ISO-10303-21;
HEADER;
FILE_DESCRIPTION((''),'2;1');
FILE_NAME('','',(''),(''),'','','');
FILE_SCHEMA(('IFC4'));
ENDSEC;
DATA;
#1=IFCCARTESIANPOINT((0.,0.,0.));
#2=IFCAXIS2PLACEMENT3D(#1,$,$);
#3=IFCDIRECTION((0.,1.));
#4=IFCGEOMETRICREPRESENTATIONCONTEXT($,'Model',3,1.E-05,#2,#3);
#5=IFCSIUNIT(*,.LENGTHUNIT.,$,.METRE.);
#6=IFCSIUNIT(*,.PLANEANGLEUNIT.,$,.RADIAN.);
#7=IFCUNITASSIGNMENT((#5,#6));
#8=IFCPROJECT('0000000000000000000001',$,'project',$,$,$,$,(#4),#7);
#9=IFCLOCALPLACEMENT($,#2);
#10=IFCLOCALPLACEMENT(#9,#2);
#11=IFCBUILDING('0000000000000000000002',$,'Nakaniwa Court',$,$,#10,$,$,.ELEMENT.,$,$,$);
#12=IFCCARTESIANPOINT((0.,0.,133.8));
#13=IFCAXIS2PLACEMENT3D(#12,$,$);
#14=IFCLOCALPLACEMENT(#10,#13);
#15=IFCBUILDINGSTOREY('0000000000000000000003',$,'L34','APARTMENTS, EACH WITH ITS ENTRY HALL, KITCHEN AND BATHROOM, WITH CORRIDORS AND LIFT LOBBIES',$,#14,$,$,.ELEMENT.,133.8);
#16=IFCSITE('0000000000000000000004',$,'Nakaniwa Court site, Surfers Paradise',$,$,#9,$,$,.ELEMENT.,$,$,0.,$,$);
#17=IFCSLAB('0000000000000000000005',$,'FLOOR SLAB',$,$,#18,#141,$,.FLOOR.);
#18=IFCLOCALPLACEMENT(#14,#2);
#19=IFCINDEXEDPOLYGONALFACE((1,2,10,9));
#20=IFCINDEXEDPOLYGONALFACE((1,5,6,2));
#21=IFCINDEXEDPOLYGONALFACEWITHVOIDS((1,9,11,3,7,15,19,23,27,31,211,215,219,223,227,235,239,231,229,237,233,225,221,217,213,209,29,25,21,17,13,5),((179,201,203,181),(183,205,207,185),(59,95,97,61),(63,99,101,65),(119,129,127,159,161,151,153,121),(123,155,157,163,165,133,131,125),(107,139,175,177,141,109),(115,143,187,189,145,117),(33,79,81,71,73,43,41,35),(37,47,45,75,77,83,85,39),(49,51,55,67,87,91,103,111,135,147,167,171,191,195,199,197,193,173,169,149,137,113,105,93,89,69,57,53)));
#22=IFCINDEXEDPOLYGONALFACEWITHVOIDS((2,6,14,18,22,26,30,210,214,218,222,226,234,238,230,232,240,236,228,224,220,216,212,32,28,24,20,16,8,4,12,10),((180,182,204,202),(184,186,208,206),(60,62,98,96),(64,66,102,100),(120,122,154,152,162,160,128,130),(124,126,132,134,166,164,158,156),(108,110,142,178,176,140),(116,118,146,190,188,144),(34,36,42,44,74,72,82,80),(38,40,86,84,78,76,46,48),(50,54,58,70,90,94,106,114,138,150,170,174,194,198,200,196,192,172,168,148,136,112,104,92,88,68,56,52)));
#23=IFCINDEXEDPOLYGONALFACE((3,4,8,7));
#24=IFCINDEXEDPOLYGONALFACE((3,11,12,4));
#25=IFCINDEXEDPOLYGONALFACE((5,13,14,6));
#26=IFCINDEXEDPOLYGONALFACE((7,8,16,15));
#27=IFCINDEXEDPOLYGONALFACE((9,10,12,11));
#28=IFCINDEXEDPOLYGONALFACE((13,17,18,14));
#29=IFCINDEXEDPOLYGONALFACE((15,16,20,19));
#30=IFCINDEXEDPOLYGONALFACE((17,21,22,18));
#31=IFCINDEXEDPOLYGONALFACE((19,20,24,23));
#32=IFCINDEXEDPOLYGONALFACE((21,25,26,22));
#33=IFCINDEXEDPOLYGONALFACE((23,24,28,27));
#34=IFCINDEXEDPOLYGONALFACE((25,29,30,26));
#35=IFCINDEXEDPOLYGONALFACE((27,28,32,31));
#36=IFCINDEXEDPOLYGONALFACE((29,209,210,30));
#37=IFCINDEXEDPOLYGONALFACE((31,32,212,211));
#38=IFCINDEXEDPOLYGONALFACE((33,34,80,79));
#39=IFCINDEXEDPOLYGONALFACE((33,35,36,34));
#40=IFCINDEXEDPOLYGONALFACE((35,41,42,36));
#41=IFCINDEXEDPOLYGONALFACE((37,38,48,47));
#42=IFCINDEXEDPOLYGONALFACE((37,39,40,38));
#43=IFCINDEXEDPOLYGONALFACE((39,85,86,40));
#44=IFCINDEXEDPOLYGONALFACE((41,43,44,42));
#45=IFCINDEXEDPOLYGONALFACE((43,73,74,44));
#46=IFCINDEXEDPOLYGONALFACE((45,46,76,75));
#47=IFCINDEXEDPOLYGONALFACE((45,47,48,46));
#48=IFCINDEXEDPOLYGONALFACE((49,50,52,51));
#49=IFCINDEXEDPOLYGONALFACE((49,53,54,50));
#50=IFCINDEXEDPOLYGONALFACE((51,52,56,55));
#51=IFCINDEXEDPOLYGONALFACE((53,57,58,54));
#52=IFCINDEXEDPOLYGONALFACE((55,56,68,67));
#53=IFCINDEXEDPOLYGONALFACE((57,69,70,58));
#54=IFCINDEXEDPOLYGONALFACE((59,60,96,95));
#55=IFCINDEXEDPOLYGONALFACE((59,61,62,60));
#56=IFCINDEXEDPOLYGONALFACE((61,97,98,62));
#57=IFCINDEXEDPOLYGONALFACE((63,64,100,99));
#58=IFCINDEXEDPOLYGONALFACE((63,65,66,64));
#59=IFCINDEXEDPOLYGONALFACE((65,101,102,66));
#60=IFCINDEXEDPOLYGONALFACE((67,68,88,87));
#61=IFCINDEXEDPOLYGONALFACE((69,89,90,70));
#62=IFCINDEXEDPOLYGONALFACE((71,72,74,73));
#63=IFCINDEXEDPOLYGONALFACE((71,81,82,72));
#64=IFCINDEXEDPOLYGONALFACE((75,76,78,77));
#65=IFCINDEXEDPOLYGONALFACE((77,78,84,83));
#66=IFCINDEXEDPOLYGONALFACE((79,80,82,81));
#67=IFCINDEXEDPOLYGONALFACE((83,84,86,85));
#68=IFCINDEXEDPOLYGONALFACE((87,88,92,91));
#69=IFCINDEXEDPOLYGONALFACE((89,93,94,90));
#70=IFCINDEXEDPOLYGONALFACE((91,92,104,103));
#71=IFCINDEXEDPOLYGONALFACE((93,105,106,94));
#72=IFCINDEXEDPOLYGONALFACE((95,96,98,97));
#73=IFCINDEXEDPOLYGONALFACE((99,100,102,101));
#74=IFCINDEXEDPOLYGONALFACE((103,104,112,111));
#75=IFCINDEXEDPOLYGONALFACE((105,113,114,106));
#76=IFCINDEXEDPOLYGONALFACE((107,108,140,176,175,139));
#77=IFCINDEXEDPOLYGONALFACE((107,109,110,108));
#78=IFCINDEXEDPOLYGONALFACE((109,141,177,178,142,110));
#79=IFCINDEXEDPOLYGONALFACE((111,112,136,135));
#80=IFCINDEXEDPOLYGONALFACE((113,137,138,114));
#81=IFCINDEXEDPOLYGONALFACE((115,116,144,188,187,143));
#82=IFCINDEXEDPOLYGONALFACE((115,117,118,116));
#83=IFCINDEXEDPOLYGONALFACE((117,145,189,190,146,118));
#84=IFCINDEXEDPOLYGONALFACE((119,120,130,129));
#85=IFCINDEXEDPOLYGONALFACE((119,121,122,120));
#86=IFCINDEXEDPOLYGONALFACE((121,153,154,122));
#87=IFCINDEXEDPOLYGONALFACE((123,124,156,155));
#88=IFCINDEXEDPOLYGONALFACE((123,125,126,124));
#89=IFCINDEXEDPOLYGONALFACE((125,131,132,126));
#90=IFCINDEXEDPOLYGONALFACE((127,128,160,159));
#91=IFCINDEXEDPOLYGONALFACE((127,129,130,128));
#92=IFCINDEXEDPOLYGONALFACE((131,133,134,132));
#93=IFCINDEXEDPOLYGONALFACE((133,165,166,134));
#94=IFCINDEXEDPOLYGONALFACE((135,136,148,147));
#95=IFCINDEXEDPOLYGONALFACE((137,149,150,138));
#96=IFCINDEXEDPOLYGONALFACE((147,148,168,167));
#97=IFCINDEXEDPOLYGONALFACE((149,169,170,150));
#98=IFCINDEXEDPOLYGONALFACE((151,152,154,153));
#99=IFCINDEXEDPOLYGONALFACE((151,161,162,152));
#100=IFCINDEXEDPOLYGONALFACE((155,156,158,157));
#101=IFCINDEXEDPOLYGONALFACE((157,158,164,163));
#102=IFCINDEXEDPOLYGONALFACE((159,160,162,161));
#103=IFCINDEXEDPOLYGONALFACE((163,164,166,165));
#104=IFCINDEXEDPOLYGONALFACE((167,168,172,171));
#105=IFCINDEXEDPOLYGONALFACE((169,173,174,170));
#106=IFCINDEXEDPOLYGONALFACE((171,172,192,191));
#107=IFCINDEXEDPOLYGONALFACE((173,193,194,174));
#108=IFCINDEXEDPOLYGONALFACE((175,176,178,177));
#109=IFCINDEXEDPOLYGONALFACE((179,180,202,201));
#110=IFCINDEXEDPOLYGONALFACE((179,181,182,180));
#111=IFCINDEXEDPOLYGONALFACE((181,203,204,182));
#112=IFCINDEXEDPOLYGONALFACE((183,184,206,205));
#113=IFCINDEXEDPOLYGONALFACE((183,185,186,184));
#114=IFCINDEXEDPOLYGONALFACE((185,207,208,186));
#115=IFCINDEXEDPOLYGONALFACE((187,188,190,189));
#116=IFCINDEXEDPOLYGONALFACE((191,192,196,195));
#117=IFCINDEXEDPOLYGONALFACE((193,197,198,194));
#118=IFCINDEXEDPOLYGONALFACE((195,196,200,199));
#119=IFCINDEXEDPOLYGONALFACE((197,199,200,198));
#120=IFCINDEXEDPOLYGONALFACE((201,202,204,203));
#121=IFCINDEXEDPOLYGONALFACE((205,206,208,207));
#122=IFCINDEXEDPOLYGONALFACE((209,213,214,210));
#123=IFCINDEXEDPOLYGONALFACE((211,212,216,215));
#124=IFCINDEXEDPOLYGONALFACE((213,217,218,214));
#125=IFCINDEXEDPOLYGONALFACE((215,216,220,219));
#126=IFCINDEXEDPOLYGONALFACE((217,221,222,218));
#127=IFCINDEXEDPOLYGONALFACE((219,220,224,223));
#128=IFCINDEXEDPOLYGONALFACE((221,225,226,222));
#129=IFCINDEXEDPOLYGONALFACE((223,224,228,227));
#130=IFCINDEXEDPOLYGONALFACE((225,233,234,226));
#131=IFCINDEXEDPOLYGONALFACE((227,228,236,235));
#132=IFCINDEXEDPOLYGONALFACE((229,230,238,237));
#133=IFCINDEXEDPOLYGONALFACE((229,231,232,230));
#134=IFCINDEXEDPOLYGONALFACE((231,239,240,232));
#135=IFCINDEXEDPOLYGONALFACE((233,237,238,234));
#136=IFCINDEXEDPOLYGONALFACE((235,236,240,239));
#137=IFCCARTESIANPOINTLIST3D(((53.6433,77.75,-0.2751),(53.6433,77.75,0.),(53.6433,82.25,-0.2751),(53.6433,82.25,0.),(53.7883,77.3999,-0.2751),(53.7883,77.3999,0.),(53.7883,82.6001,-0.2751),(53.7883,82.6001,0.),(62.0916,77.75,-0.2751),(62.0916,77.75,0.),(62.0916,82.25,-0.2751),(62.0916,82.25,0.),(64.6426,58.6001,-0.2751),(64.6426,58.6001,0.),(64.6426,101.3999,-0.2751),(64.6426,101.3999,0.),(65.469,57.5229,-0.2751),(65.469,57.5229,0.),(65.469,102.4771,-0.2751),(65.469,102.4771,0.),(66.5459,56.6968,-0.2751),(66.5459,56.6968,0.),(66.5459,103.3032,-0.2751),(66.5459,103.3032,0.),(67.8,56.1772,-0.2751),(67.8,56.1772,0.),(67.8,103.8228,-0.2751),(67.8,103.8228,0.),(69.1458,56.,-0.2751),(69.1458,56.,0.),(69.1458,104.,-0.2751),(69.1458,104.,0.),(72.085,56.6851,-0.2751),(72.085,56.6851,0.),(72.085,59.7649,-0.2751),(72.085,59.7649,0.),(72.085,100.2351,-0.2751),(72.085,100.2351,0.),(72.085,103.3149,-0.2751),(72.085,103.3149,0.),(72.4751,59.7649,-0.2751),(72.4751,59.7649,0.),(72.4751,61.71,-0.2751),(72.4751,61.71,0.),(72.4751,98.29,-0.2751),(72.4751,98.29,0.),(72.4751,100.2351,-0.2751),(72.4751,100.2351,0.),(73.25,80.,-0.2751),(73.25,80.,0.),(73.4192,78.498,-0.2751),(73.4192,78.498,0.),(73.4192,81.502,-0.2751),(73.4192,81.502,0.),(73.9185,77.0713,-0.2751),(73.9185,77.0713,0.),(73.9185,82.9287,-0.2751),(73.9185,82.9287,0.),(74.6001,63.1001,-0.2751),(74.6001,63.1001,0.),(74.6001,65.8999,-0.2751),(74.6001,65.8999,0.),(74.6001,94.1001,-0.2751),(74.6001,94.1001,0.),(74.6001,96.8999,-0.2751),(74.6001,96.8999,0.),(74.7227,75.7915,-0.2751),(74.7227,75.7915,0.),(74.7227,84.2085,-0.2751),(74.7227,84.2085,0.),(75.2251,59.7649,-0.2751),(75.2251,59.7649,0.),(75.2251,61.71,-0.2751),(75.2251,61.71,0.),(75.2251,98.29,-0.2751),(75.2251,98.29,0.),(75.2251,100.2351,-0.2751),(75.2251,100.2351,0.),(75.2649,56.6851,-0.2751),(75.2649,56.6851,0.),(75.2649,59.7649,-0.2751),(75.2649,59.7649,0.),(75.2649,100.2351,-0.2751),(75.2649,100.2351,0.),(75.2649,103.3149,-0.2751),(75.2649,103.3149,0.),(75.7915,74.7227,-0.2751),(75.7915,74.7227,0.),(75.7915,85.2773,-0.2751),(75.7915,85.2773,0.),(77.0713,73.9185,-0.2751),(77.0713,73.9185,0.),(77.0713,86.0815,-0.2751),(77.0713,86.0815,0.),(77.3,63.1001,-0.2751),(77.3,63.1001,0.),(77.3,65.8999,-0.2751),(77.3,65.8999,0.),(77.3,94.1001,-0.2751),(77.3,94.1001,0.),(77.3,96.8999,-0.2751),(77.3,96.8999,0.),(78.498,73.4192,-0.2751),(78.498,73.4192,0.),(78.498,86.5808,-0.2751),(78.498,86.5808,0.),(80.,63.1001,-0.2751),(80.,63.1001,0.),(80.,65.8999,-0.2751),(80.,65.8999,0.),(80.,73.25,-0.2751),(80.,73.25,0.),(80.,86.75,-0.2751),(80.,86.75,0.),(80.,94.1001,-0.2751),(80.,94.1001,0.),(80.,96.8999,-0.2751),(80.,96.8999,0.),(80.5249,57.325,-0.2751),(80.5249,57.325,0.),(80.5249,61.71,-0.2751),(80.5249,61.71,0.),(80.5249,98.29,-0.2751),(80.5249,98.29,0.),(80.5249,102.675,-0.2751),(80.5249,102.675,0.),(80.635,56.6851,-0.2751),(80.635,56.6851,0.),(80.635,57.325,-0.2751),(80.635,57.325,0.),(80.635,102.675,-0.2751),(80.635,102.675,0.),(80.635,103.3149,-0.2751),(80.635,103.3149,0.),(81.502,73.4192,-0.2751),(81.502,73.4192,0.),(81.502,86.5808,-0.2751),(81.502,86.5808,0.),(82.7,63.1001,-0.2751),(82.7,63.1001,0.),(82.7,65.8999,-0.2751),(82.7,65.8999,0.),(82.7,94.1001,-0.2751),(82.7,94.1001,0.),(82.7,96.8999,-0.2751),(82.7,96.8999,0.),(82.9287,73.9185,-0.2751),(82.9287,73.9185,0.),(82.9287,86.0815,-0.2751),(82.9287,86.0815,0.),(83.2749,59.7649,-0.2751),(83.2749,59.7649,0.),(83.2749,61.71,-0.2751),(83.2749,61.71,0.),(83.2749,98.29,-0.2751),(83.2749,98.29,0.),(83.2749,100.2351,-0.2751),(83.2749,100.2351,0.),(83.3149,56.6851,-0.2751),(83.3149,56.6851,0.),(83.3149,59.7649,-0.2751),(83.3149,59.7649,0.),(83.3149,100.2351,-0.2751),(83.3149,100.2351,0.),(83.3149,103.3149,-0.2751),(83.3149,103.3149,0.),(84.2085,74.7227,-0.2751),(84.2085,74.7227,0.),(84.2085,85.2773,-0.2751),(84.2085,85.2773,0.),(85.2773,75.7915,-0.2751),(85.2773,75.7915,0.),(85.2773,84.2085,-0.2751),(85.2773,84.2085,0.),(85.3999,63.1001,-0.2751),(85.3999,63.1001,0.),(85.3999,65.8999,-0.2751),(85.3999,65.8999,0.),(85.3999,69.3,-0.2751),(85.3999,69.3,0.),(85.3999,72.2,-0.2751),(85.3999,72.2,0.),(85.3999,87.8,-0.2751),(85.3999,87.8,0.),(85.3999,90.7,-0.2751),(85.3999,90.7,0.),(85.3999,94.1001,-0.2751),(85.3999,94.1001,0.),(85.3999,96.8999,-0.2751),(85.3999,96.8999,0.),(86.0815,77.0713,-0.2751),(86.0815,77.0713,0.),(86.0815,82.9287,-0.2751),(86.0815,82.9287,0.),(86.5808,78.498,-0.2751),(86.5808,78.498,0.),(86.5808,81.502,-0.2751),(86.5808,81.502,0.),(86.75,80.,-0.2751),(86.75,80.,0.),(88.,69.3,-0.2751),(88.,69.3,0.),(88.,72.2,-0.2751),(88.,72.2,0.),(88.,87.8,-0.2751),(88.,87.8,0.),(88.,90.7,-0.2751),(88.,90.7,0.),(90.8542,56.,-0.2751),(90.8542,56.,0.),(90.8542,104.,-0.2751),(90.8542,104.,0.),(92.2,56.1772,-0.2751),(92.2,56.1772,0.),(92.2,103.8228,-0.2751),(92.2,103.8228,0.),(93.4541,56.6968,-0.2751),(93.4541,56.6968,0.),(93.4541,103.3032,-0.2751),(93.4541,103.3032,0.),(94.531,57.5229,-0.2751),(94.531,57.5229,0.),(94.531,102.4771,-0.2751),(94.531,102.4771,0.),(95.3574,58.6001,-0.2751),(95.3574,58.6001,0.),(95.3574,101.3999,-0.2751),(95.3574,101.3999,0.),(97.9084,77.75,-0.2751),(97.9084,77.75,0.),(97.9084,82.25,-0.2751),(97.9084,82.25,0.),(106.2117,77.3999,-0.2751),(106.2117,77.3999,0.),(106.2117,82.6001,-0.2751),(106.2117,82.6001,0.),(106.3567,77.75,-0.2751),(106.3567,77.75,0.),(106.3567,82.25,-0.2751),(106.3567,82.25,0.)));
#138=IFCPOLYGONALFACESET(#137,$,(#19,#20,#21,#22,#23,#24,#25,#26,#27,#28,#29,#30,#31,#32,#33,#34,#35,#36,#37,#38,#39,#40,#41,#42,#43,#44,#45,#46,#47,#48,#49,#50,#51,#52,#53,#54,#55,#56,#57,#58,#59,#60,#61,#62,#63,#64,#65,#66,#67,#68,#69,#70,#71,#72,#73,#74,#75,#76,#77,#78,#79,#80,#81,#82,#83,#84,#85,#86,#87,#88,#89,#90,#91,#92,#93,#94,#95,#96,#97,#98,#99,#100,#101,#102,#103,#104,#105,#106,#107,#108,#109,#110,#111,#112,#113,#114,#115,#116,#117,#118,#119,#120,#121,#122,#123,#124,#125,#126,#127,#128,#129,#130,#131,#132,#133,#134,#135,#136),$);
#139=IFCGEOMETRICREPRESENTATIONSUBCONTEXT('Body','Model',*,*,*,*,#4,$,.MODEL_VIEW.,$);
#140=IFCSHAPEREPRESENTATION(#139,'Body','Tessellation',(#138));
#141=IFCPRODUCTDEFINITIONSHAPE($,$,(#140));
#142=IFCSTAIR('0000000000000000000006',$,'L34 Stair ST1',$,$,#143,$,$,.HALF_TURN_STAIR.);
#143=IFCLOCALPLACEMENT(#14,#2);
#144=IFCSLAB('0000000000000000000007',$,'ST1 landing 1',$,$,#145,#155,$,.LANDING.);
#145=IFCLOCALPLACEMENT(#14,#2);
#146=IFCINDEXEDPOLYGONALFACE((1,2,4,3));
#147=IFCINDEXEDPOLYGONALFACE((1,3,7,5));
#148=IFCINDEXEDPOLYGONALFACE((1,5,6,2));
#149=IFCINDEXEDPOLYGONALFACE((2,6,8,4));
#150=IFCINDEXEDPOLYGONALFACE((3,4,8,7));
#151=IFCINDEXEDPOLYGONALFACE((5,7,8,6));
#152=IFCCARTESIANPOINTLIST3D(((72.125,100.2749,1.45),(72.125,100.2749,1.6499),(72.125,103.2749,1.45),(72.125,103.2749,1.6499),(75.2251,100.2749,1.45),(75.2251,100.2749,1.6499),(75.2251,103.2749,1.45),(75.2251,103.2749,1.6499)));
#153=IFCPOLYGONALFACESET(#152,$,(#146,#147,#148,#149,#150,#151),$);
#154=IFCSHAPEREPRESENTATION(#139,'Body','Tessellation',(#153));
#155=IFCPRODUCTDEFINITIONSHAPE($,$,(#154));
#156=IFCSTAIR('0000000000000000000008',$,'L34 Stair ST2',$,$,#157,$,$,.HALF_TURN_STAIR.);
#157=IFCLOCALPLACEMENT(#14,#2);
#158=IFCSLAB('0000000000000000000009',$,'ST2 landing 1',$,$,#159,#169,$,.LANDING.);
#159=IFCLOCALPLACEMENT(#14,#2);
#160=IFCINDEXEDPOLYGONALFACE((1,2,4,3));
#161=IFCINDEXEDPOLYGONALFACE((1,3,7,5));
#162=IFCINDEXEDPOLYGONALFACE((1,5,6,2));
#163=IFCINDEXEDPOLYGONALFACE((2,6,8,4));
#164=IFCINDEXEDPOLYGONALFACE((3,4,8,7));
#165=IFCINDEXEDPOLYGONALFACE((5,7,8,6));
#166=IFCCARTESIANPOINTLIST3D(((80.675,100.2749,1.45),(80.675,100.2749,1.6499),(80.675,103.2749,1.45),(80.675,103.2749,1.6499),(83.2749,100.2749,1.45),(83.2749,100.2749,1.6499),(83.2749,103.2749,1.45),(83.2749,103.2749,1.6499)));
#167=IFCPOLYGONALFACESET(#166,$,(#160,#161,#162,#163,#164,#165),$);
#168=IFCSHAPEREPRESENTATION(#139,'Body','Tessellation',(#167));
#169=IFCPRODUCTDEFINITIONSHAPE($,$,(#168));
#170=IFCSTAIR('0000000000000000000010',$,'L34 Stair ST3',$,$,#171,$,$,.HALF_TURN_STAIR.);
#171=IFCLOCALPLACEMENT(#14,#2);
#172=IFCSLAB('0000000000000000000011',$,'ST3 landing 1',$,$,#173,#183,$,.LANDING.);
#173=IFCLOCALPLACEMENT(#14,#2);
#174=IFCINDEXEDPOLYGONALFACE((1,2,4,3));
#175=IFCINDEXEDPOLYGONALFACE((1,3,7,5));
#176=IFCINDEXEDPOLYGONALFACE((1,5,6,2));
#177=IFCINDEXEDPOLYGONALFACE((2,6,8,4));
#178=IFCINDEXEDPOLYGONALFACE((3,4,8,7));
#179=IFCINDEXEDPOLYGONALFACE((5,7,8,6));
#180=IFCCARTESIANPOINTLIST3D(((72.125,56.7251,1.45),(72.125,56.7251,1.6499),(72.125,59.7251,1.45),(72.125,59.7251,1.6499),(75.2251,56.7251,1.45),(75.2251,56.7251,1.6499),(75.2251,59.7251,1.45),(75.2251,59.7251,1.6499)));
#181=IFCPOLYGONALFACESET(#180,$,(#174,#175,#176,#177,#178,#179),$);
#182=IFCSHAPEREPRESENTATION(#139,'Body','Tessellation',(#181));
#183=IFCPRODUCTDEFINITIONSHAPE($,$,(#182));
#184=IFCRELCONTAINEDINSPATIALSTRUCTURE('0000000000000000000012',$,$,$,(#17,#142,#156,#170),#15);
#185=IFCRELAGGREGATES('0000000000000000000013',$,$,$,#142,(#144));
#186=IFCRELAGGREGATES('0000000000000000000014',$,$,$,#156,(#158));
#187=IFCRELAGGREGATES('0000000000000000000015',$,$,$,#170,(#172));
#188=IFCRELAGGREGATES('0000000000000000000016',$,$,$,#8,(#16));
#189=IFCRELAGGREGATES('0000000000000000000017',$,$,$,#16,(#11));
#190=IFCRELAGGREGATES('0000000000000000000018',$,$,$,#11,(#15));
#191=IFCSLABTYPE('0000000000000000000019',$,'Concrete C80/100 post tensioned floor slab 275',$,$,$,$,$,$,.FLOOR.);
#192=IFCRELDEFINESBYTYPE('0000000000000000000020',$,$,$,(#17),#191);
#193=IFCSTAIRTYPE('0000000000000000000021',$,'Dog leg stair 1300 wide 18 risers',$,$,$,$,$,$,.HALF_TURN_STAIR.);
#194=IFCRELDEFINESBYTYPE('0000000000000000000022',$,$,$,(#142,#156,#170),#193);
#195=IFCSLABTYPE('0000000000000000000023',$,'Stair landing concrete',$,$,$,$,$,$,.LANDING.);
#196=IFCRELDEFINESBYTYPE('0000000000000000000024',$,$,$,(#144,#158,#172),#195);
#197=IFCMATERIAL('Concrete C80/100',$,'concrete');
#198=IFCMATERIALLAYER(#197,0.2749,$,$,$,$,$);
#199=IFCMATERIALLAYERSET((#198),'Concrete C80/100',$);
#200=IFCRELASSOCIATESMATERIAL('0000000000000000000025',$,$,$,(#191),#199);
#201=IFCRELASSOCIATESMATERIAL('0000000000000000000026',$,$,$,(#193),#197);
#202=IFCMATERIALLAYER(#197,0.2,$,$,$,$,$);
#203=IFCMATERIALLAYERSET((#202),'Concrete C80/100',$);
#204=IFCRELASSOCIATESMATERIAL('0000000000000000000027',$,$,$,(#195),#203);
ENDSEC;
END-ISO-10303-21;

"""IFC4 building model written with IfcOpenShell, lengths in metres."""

from ifc_helpers import new_model, si_unit, direction, frame, origin, place, context, subcontext, project, spatial, polyline, outline, extrude, material, layer, layer_set, type_object, element, aggregate, save


model = new_model("IFC4")

# Units and contexts
model_context = context("Model", 3, precision=1e-05, world=origin(), true_north=direction((0.0, 1.0)))
body_context = subcontext(model_context, "Body", "Model", "MODEL_VIEW")
ifc_project = project(units=[si_unit("LENGTHUNIT", "METRE"), si_unit("PLANEANGLEUNIT", "RADIAN")], contexts=[model_context])

# Site, building, storey
site_placement = place(None, origin())
site = spatial("IfcSite", under=ifc_project, at=site_placement, Name="Nakaniwa Court site, Surfers Paradise", CompositionType="ELEMENT", RefElevation=0.0)
building_placement = place(site_placement, origin())
building = spatial("IfcBuilding", under=site, at=building_placement, Name="Nakaniwa Court", CompositionType="ELEMENT")
storey_placement = place(building_placement, frame((0.0, 0.0, 133.8)))
storey = spatial("IfcBuildingStorey", under=building, at=storey_placement, Name="L34", Description="APARTMENTS, EACH WITH ITS ENTRY HALL, KITCHEN AND BATHROOM, WITH CORRIDORS AND LIFT LOBBIES", CompositionType="ELEMENT", Elevation=133.8)

# Shared definitions
ifc_material_1 = material(Name="Concrete C80/100", Category="concrete")

# Slab
ifc_layer_1 = layer(ifc_material_1, 0.2749)
ifc_layer_set_1 = layer_set([ifc_layer_1], Name="Concrete C80/100")
slab_type_1 = type_object("IfcSlabType", Name="Concrete C80/100 post tensioned floor slab 275", PredefinedType="FLOOR", material=ifc_layer_set_1)
slab_1_placement = place(storey_placement, frame((0.0, 0.0, -0.2751)))
element("IfcSlab", 1, at=slab_1_placement, inside=storey, type_object=slab_type_1, Name="FLOOR SLAB", PredefinedType="FLOOR", context=body_context, shape_type="SweptSolid", body=[
    extrude(outline(polyline([(97.9084, 82.25), (106.3567, 82.25), (106.2117, 82.6001), (95.3574, 101.3999), (94.531, 102.4771), (93.4541, 103.3032), (92.2, 103.8228), (90.8542, 104.0), (69.1458, 104.0), (67.8, 103.8228), (66.5459, 103.3032), (65.469, 102.4771), (64.6426, 101.3999), (53.7883, 82.6001), (53.6433, 82.25), (62.0916, 82.25), (62.0916, 77.75), (53.6433, 77.75), (53.7883, 77.3999), (64.6426, 58.6001), (65.469, 57.5229), (66.5459, 56.6968), (67.8, 56.1772), (69.1458, 56.0), (90.8542, 56.0), (92.2, 56.1772), (93.4541, 56.6968), (94.531, 57.5229), (95.3574, 58.6001), (106.2117, 77.3999), (106.3567, 77.75), (97.9084, 77.75), (97.9084, 82.25)]), holes=[polyline([(81.502, 86.5808), (80.0, 86.75), (78.498, 86.5808), (77.0713, 86.0815), (75.7915, 85.2773), (74.7227, 84.2085), (73.9185, 82.9287), (73.4192, 81.502), (73.25, 80.0), (73.4192, 78.498), (73.9185, 77.0713), (74.7227, 75.7915), (75.7915, 74.7227), (77.0713, 73.9185), (78.498, 73.4192), (80.0, 73.25), (81.502, 73.4192), (82.9287, 73.9185), (84.2085, 74.7227), (85.2773, 75.7915), (86.0815, 77.0713), (86.5808, 78.498), (86.75, 80.0), (86.5808, 81.502), (86.0815, 82.9287), (85.2773, 84.2085), (84.2085, 85.2773), (82.9287, 86.0815), (81.502, 86.5808)]), polyline([(72.4751, 61.71), (72.4751, 59.7649), (72.085, 59.7649), (72.085, 56.6851), (75.2649, 56.6851), (75.2649, 59.7649), (75.2251, 59.7649), (75.2251, 61.71), (72.4751, 61.71)]), polyline([(77.3, 65.8999), (74.6001, 65.8999), (74.6001, 63.1001), (77.3, 63.1001), (77.3, 65.8999)]), polyline([(80.0, 65.8999), (80.0, 63.1001), (82.7, 63.1001), (85.3999, 63.1001), (85.3999, 65.8999), (82.7, 65.8999), (80.0, 65.8999)]), polyline([(77.3, 96.8999), (74.6001, 96.8999), (74.6001, 94.1001), (77.3, 94.1001), (77.3, 96.8999)]), polyline([(80.0, 96.8999), (80.0, 94.1001), (82.7, 94.1001), (85.3999, 94.1001), (85.3999, 96.8999), (82.7, 96.8999), (80.0, 96.8999)]), polyline([(75.2649, 100.2351), (75.2649, 103.3149), (72.085, 103.3149), (72.085, 100.2351), (72.4751, 100.2351), (72.4751, 98.29), (75.2251, 98.29), (75.2251, 100.2351), (75.2649, 100.2351)]), polyline([(83.2749, 61.71), (80.5249, 61.71), (80.5249, 57.325), (80.635, 57.325), (80.635, 56.6851), (83.3149, 56.6851), (83.3149, 59.7649), (83.2749, 59.7649), (83.2749, 61.71)]), polyline([(88.0, 72.2), (85.3999, 72.2), (85.3999, 69.3), (88.0, 69.3), (88.0, 72.2)]), polyline([(88.0, 90.7), (85.3999, 90.7), (85.3999, 87.8), (88.0, 87.8), (88.0, 90.7)]), polyline([(83.3149, 100.2351), (83.3149, 103.3149), (80.635, 103.3149), (80.635, 102.675), (80.5249, 102.675), (80.5249, 98.29), (83.2749, 98.29), (83.2749, 100.2351), (83.3149, 100.2351)])]), origin(), (0.0, 0.0, 1.0), 0.2751),
])

# Stairs, slabs
stair_type = type_object("IfcStairType", Name="Dog leg stair 1300 wide 18 risers", PredefinedType="HALF_TURN_STAIR", material=ifc_material_1)
stair_1_placement = place(storey_placement, origin())
stair_1 = element("IfcStair", 2, at=stair_1_placement, inside=storey, type_object=stair_type, Name="L34 Stair ST1", PredefinedType="HALF_TURN_STAIR")
ifc_layer_2 = layer(ifc_material_1, 0.2)
ifc_layer_set_2 = layer_set([ifc_layer_2], Name="Concrete C80/100")
slab_type_2 = type_object("IfcSlabType", Name="Stair landing concrete", PredefinedType="LANDING", material=ifc_layer_set_2)
slab_2_placement = place(storey_placement, frame((0.0, 0.0, 1.45)))
slab_2 = element("IfcSlab", 3, at=slab_2_placement, type_object=slab_type_2, Name="ST1 landing 1", PredefinedType="LANDING", context=body_context, shape_type="SweptSolid", body=[
    extrude(outline(polyline([(75.2251, 100.2749), (75.2251, 103.2749), (72.125, 103.2749), (72.125, 100.2749), (75.2251, 100.2749)])), origin(), (0.0, 0.0, 1.0), 0.2),
])
aggregate(stair_1, [slab_2])
stair_2_placement = place(storey_placement, origin())
stair_2 = element("IfcStair", 4, at=stair_2_placement, inside=storey, type_object=stair_type, Name="L34 Stair ST2", PredefinedType="HALF_TURN_STAIR")
slab_3_placement = place(storey_placement, frame((0.0, 0.0, 1.45)))
slab_3 = element("IfcSlab", 5, at=slab_3_placement, type_object=slab_type_2, Name="ST2 landing 1", PredefinedType="LANDING", context=body_context, shape_type="SweptSolid", body=[
    extrude(outline(polyline([(83.2749, 100.2749), (83.2749, 103.2749), (80.675, 103.2749), (80.675, 100.2749), (83.2749, 100.2749)])), origin(), (0.0, 0.0, 1.0), 0.2),
])
aggregate(stair_2, [slab_3])
stair_3_placement = place(storey_placement, origin())
stair_3 = element("IfcStair", 6, at=stair_3_placement, inside=storey, type_object=stair_type, Name="L34 Stair ST3", PredefinedType="HALF_TURN_STAIR")
slab_4_placement = place(storey_placement, frame((0.0, 0.0, 1.45)))
slab_4 = element("IfcSlab", 7, at=slab_4_placement, type_object=slab_type_2, Name="ST3 landing 1", PredefinedType="LANDING", context=body_context, shape_type="SweptSolid", body=[
    extrude(outline(polyline([(75.2251, 56.7251), (75.2251, 59.7251), (72.125, 59.7251), (72.125, 56.7251), (75.2251, 56.7251)])), origin(), (0.0, 0.0, 1.0), 0.2),
])
aggregate(stair_3, [slab_4])

save(model, "model.ifc")
